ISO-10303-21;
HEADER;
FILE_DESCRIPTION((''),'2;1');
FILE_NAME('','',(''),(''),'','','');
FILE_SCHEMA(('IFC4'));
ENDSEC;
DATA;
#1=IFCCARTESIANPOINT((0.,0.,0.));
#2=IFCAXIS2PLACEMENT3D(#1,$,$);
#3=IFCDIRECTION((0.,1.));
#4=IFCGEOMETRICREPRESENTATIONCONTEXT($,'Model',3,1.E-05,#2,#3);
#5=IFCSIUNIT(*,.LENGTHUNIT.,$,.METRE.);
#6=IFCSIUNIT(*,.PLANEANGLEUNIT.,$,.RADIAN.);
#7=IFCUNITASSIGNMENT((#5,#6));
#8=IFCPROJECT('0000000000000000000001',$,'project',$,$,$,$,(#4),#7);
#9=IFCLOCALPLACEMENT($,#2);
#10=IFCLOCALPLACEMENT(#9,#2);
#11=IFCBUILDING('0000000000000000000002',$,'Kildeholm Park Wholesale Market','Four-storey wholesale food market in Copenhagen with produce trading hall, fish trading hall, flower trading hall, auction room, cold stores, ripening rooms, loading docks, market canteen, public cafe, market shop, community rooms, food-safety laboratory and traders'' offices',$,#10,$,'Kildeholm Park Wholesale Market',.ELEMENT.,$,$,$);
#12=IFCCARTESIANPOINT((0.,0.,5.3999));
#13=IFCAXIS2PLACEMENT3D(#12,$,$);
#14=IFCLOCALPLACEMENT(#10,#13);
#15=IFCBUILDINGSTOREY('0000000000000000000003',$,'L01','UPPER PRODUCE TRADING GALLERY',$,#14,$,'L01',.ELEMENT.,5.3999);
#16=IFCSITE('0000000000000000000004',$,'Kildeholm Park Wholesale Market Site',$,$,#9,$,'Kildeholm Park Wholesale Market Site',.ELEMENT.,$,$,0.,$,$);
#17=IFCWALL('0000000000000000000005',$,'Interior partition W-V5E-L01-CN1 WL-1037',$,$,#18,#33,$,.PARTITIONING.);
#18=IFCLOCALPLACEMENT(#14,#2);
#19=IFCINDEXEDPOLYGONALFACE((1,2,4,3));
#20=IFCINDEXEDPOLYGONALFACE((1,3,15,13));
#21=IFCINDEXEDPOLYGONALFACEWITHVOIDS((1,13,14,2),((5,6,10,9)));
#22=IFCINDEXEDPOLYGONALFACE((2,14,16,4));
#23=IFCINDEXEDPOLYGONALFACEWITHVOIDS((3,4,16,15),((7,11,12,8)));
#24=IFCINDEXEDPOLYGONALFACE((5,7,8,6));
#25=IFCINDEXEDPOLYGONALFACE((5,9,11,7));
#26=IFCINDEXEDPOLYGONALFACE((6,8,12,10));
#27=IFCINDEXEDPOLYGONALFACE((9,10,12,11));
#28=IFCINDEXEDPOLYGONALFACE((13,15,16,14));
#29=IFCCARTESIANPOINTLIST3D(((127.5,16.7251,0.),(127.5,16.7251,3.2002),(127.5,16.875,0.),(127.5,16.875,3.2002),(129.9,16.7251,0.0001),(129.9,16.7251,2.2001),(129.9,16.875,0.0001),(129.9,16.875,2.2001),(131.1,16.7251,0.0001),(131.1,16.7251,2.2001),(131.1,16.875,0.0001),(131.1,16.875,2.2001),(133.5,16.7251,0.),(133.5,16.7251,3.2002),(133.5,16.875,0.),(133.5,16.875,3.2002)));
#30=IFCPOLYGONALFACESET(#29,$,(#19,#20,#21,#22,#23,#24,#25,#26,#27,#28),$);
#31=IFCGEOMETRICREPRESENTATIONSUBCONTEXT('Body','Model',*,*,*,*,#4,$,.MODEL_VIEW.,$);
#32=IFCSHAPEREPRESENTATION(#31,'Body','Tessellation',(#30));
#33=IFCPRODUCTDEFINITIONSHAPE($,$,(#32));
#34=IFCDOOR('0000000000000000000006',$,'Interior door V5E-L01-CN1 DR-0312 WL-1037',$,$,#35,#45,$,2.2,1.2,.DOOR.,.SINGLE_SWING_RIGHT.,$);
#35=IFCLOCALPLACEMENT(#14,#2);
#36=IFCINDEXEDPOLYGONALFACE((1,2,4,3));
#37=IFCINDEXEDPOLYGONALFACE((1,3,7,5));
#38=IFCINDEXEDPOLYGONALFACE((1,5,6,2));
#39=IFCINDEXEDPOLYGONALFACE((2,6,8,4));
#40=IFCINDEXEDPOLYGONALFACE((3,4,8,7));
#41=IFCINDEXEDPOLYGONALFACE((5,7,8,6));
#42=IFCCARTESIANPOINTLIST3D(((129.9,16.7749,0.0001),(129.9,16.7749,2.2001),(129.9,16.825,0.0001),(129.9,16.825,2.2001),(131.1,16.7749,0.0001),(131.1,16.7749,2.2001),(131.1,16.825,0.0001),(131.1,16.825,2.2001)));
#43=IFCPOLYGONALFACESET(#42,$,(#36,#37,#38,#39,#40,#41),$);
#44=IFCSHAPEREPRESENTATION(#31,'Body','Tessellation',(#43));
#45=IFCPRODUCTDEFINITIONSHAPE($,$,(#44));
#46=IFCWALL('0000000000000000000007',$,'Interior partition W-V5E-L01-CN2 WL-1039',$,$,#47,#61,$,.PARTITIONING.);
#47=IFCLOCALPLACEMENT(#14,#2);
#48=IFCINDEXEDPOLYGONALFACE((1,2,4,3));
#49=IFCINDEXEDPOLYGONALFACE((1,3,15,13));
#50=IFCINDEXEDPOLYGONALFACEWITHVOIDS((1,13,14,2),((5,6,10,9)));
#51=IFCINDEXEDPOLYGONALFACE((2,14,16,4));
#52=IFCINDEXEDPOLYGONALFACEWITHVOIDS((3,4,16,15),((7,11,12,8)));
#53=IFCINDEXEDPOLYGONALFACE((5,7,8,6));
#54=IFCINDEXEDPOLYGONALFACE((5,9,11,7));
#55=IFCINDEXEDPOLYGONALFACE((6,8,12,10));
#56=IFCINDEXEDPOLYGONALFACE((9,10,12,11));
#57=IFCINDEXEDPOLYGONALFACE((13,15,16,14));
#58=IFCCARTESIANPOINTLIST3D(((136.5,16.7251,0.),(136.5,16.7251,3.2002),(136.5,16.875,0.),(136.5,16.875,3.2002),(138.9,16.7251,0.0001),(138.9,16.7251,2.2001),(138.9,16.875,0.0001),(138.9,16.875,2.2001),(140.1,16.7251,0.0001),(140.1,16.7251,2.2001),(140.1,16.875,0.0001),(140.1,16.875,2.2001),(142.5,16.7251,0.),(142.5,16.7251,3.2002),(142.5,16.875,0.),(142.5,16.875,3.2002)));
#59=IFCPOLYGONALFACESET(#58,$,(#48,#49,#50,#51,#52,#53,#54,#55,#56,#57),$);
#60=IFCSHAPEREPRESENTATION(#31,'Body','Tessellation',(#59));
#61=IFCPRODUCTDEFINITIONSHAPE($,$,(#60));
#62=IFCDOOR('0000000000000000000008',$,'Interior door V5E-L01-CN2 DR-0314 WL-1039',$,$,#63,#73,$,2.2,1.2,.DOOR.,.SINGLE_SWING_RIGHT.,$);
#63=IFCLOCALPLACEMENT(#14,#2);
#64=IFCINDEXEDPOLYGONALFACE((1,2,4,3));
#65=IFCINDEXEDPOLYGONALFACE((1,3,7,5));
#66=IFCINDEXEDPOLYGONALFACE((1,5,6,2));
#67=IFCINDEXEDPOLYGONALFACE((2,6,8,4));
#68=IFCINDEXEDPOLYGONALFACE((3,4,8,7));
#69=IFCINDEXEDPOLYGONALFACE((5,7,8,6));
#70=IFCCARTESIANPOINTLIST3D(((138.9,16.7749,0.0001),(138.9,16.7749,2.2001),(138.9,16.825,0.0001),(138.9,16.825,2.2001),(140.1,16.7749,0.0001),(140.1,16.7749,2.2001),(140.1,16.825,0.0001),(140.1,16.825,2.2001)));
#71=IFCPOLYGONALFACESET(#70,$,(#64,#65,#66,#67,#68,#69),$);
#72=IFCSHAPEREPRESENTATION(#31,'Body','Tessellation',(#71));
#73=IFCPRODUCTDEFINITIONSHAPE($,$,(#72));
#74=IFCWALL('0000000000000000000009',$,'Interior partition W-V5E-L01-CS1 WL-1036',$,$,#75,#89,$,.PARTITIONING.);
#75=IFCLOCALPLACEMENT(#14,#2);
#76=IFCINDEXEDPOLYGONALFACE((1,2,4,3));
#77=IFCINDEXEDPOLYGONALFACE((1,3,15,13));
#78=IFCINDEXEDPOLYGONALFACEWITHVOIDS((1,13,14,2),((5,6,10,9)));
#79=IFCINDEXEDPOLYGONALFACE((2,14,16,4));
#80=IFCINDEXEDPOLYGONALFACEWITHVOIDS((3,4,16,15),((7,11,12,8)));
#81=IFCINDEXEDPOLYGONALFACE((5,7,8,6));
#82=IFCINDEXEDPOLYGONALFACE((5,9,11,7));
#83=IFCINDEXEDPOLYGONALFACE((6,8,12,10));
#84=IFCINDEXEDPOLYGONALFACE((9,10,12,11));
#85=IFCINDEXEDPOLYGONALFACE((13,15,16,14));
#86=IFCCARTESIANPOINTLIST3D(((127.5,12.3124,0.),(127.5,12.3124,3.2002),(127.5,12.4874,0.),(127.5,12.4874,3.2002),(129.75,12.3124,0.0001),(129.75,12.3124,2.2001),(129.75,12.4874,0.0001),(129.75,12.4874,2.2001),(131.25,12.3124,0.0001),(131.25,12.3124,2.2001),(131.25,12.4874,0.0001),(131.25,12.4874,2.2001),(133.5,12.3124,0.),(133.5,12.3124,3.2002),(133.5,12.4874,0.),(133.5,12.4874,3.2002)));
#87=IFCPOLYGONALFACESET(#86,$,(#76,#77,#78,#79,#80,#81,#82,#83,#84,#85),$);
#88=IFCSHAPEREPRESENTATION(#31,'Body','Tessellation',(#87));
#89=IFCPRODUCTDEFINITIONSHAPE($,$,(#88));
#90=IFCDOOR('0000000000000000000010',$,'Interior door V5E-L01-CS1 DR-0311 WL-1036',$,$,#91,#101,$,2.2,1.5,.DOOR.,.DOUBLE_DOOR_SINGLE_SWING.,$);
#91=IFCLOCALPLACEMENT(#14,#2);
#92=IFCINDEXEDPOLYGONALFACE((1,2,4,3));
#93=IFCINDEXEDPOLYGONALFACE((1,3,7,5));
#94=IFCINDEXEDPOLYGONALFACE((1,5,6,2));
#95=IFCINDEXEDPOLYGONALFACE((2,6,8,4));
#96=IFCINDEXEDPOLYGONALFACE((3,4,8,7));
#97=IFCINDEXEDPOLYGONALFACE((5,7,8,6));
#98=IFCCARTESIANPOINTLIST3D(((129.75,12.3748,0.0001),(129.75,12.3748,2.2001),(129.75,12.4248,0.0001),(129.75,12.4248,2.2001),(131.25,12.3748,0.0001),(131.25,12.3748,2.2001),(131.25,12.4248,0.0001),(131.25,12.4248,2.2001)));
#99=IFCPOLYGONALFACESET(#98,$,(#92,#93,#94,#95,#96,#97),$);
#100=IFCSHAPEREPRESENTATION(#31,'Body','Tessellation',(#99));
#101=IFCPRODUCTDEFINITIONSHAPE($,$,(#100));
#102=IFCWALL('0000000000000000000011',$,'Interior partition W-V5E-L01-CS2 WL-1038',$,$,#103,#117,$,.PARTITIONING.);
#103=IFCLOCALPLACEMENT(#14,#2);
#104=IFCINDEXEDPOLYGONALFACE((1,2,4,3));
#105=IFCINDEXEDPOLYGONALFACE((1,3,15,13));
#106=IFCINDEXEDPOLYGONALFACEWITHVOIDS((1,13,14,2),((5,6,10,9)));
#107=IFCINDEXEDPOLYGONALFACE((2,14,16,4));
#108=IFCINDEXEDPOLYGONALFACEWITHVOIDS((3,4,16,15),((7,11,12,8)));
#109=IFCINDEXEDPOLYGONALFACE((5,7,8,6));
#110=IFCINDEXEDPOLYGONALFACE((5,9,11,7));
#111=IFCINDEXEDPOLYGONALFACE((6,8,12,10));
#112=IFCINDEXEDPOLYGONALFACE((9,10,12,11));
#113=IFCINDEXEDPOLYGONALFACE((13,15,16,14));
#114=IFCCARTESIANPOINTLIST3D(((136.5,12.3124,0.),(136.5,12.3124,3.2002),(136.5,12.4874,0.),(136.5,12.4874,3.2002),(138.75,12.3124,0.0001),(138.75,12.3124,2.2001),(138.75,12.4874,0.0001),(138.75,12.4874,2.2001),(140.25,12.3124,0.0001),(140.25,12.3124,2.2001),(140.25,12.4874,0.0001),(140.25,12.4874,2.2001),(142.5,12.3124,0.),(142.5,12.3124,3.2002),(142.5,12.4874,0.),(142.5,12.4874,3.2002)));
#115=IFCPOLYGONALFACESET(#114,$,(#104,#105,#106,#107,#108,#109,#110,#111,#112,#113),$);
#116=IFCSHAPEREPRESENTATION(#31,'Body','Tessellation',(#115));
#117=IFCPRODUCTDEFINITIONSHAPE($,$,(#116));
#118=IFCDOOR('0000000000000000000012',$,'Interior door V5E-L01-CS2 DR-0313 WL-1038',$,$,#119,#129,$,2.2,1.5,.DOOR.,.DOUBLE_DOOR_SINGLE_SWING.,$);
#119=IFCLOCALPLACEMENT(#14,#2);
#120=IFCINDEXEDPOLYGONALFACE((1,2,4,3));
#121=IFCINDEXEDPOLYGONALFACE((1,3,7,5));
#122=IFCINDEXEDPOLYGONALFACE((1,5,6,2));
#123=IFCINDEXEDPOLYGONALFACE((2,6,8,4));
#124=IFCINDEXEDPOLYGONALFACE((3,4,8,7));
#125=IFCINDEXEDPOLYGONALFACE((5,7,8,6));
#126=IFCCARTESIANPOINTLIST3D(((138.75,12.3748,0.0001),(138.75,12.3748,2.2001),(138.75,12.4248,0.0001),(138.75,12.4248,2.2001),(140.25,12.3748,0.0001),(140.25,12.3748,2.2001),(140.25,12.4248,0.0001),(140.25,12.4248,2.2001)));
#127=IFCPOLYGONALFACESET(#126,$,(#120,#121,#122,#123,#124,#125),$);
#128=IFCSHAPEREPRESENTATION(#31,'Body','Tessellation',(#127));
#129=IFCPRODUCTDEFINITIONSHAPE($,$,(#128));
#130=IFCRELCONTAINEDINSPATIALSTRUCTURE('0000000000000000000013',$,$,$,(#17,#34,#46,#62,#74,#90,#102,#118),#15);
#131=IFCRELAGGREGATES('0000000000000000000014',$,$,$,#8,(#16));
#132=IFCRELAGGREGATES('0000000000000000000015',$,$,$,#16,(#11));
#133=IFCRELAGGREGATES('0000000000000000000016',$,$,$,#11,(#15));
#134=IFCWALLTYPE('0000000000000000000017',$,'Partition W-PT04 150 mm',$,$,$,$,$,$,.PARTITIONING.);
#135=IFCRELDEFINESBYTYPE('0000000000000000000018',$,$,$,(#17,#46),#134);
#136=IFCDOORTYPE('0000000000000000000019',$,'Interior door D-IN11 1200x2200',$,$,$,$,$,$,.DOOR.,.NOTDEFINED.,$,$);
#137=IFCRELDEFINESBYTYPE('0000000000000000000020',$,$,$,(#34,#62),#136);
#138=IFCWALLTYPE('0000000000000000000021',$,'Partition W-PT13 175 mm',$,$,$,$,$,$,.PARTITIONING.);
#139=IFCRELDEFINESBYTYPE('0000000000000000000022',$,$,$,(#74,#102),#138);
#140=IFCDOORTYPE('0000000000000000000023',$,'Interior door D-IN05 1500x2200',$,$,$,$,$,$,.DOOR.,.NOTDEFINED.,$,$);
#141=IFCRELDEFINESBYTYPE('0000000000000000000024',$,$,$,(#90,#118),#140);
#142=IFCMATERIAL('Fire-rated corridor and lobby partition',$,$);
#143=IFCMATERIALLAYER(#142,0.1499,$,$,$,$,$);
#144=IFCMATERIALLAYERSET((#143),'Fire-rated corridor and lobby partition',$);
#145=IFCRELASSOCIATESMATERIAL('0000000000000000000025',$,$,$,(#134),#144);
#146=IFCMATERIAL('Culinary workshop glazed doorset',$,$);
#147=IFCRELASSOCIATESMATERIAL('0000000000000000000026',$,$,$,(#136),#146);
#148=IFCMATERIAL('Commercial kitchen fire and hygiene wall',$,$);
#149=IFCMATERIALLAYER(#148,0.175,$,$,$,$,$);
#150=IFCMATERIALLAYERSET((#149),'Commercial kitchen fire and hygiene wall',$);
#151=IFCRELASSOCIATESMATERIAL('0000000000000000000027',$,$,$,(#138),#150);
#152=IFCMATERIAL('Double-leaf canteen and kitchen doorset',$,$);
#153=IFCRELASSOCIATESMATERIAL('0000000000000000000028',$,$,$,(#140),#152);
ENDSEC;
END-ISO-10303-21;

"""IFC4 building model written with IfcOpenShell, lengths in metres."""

from ifc_helpers import new_model, si_unit, direction, frame, frame_2d, origin, place, context, subcontext, project, spatial, rectangle, extrude, material, layer, layer_set, type_object, element, fill, save


model = new_model("IFC4")

# Units and contexts
model_context = context("Model", 3, precision=1e-05, world=origin(), true_north=direction((0.0, 1.0)))
body_context = subcontext(model_context, "Body", "Model", "MODEL_VIEW")
ifc_project = project(units=[si_unit("LENGTHUNIT", "METRE"), si_unit("PLANEANGLEUNIT", "RADIAN")], contexts=[model_context])

# Site, building, storey
site_placement = place(None, origin())
site = spatial("IfcSite", under=ifc_project, at=site_placement, Name="Kildeholm Park Wholesale Market Site", LongName="Kildeholm Park Wholesale Market Site", CompositionType="ELEMENT", RefElevation=0.0)
building_placement = place(site_placement, origin())
building = spatial("IfcBuilding", under=site, at=building_placement, Name="Kildeholm Park Wholesale Market", Description="Four-storey wholesale food market in Copenhagen with produce trading hall, fish trading hall, flower trading hall, auction room, cold stores, ripening rooms, loading docks, market canteen, public cafe, market shop, community rooms, food-safety laboratory and traders' offices", LongName="Kildeholm Park Wholesale Market", CompositionType="ELEMENT")
storey_placement = place(building_placement, frame((0.0, 0.0, 5.3999)))
storey = spatial("IfcBuildingStorey", under=building, at=storey_placement, Name="L01", Description="UPPER PRODUCE TRADING GALLERY", LongName="L01", CompositionType="ELEMENT", Elevation=5.3999)

# Walls, openings, doors
ifc_material_1 = material(Name="Fire-rated corridor and lobby partition")
ifc_layer_1 = layer(ifc_material_1, 0.1499)
ifc_layer_set_1 = layer_set([ifc_layer_1], Name="Fire-rated corridor and lobby partition")
wall_type_1 = type_object("IfcWallType", Name="Partition W-PT04 150 mm", PredefinedType="PARTITIONING", material=ifc_layer_set_1)
wall_1_placement = place(storey_placement, frame((127.5, 16.8, 0.0), z_axis=(0.0, 0.0, 1.0), x_axis=(1.0, 0.0, 0.0)))
wall_1 = element("IfcWall", 1, at=wall_1_placement, inside=storey, type_object=wall_type_1, Name="Interior partition W-V5E-L01-CN1 WL-1037", PredefinedType="PARTITIONING", context=body_context, shape_type="SweptSolid", body=[
    extrude(rectangle(XDim=6.0, YDim=0.1499, at=frame_2d((3.0, 0.0))), origin(), (0.0, 0.0, 1.0), 3.2002),
])
opening_1_placement = place(wall_1_placement, frame((2.3999, 0.0, 0.0)))
opening_1 = element("IfcOpeningElement", 2, at=opening_1_placement, cuts=wall_1, PredefinedType="OPENING", context=body_context, shape_type="SweptSolid", body=[
    extrude(rectangle(XDim=1.2, YDim=2.2, at=frame_2d((0.6001, 1.1001))), frame((0.0, 0.085, 0.0), z_axis=(0.0, -1.0, 0.0), x_axis=(1.0, 0.0, 0.0)), (0.0, 0.0, 1.0), 0.1699),
])
ifc_material_2 = material(Name="Culinary workshop glazed doorset")
door_type_1 = type_object("IfcDoorType", Name="Interior door D-IN11 1200x2200", OperationType="NOTDEFINED", PredefinedType="DOOR", material=ifc_material_2)
door_1_placement = place(opening_1_placement, origin())
door_1 = element("IfcDoor", 3, at=door_1_placement, inside=storey, type_object=door_type_1, Name="Interior door V5E-L01-CN1 DR-0312 WL-1037", OperationType="SINGLE_SWING_RIGHT", OverallHeight=2.2, OverallWidth=1.2, PredefinedType="DOOR", context=body_context, shape_type="SweptSolid", body=[
    extrude(rectangle(XDim=1.2, YDim=2.2, at=frame_2d((0.6001, 1.1001))), frame((0.0, 0.0249, 0.0), z_axis=(0.0, -1.0, 0.0), x_axis=(1.0, 0.0, 0.0)), (0.0, 0.0, 1.0), 0.05),
])
fill(opening_1, door_1)
wall_2_placement = place(storey_placement, frame((136.5, 16.8, 0.0), z_axis=(0.0, 0.0, 1.0), x_axis=(1.0, 0.0, 0.0)))
wall_2 = element("IfcWall", 4, at=wall_2_placement, inside=storey, type_object=wall_type_1, Name="Interior partition W-V5E-L01-CN2 WL-1039", PredefinedType="PARTITIONING", context=body_context, shape_type="SweptSolid", body=[
    extrude(rectangle(XDim=6.0, YDim=0.1499, at=frame_2d((3.0, 0.0))), origin(), (0.0, 0.0, 1.0), 3.2002),
])
opening_2_placement = place(wall_2_placement, frame((2.3999, 0.0, 0.0)))
opening_2 = element("IfcOpeningElement", 5, at=opening_2_placement, cuts=wall_2, PredefinedType="OPENING", context=body_context, shape_type="SweptSolid", body=[
    extrude(rectangle(XDim=1.2, YDim=2.2, at=frame_2d((0.6001, 1.1001))), frame((0.0, 0.085, 0.0), z_axis=(0.0, -1.0, 0.0), x_axis=(1.0, 0.0, 0.0)), (0.0, 0.0, 1.0), 0.1699),
])
door_2_placement = place(opening_2_placement, origin())
door_2 = element("IfcDoor", 6, at=door_2_placement, inside=storey, type_object=door_type_1, Name="Interior door V5E-L01-CN2 DR-0314 WL-1039", OperationType="SINGLE_SWING_RIGHT", OverallHeight=2.2, OverallWidth=1.2, PredefinedType="DOOR", context=body_context, shape_type="SweptSolid", body=[
    extrude(rectangle(XDim=1.2, YDim=2.2, at=frame_2d((0.6001, 1.1001))), frame((0.0, 0.0249, 0.0), z_axis=(0.0, -1.0, 0.0), x_axis=(1.0, 0.0, 0.0)), (0.0, 0.0, 1.0), 0.05),
])
fill(opening_2, door_2)
ifc_material_3 = material(Name="Commercial kitchen fire and hygiene wall")
ifc_layer_2 = layer(ifc_material_3, 0.175)
ifc_layer_set_2 = layer_set([ifc_layer_2], Name="Commercial kitchen fire and hygiene wall")
wall_type_2 = type_object("IfcWallType", Name="Partition W-PT13 175 mm", PredefinedType="PARTITIONING", material=ifc_layer_set_2)
wall_3_placement = place(storey_placement, frame((127.5, 12.3999, 0.0), z_axis=(0.0, 0.0, 1.0), x_axis=(1.0, 0.0, 0.0)))
wall_3 = element("IfcWall", 7, at=wall_3_placement, inside=storey, type_object=wall_type_2, Name="Interior partition W-V5E-L01-CS1 WL-1036", PredefinedType="PARTITIONING", context=body_context, shape_type="SweptSolid", body=[
    extrude(rectangle(XDim=6.0, YDim=0.175, at=frame_2d((3.0, 0.0))), origin(), (0.0, 0.0, 1.0), 3.2002),
])
opening_3_placement = place(wall_3_placement, frame((2.25, 0.0, 0.0)))
opening_3 = element("IfcOpeningElement", 8, at=opening_3_placement, cuts=wall_3, PredefinedType="OPENING", context=body_context, shape_type="SweptSolid", body=[
    extrude(rectangle(XDim=1.5, YDim=2.2, at=frame_2d((0.75, 1.1001))), frame((0.0, 0.0974, 0.0), z_axis=(0.0, -1.0, 0.0), x_axis=(1.0, 0.0, 0.0)), (0.0, 0.0, 1.0), 0.1951),
])
ifc_material_4 = material(Name="Double-leaf canteen and kitchen doorset")
door_type_2 = type_object("IfcDoorType", Name="Interior door D-IN05 1500x2200", OperationType="NOTDEFINED", PredefinedType="DOOR", material=ifc_material_4)
door_3_placement = place(opening_3_placement, origin())
door_3 = element("IfcDoor", 9, at=door_3_placement, inside=storey, type_object=door_type_2, Name="Interior door V5E-L01-CS1 DR-0311 WL-1036", OperationType="DOUBLE_DOOR_SINGLE_SWING", OverallHeight=2.2, OverallWidth=1.5, PredefinedType="DOOR", context=body_context, shape_type="SweptSolid", body=[
    extrude(rectangle(XDim=1.5, YDim=2.2, at=frame_2d((0.75, 1.1001))), frame((0.0, 0.0249, 0.0), z_axis=(0.0, -1.0, 0.0), x_axis=(1.0, 0.0, 0.0)), (0.0, 0.0, 1.0), 0.05),
])
fill(opening_3, door_3)
wall_4_placement = place(storey_placement, frame((136.5, 12.3999, 0.0), z_axis=(0.0, 0.0, 1.0), x_axis=(1.0, 0.0, 0.0)))
wall_4 = element("IfcWall", 10, at=wall_4_placement, inside=storey, type_object=wall_type_2, Name="Interior partition W-V5E-L01-CS2 WL-1038", PredefinedType="PARTITIONING", context=body_context, shape_type="SweptSolid", body=[
    extrude(rectangle(XDim=6.0, YDim=0.175, at=frame_2d((3.0, 0.0))), origin(), (0.0, 0.0, 1.0), 3.2002),
])
opening_4_placement = place(wall_4_placement, frame((2.25, 0.0, 0.0)))
opening_4 = element("IfcOpeningElement", 11, at=opening_4_placement, cuts=wall_4, PredefinedType="OPENING", context=body_context, shape_type="SweptSolid", body=[
    extrude(rectangle(XDim=1.5, YDim=2.2, at=frame_2d((0.75, 1.1001))), frame((0.0, 0.0974, 0.0), z_axis=(0.0, -1.0, 0.0), x_axis=(1.0, 0.0, 0.0)), (0.0, 0.0, 1.0), 0.1951),
])
door_4_placement = place(opening_4_placement, origin())
door_4 = element("IfcDoor", 12, at=door_4_placement, inside=storey, type_object=door_type_2, Name="Interior door V5E-L01-CS2 DR-0313 WL-1038", OperationType="DOUBLE_DOOR_SINGLE_SWING", OverallHeight=2.2, OverallWidth=1.5, PredefinedType="DOOR", context=body_context, shape_type="SweptSolid", body=[
    extrude(rectangle(XDim=1.5, YDim=2.2, at=frame_2d((0.75, 1.1001))), frame((0.0, 0.0249, 0.0), z_axis=(0.0, -1.0, 0.0), x_axis=(1.0, 0.0, 0.0)), (0.0, 0.0, 1.0), 0.05),
])
fill(opening_4, door_4)

save(model, "model.ifc")
